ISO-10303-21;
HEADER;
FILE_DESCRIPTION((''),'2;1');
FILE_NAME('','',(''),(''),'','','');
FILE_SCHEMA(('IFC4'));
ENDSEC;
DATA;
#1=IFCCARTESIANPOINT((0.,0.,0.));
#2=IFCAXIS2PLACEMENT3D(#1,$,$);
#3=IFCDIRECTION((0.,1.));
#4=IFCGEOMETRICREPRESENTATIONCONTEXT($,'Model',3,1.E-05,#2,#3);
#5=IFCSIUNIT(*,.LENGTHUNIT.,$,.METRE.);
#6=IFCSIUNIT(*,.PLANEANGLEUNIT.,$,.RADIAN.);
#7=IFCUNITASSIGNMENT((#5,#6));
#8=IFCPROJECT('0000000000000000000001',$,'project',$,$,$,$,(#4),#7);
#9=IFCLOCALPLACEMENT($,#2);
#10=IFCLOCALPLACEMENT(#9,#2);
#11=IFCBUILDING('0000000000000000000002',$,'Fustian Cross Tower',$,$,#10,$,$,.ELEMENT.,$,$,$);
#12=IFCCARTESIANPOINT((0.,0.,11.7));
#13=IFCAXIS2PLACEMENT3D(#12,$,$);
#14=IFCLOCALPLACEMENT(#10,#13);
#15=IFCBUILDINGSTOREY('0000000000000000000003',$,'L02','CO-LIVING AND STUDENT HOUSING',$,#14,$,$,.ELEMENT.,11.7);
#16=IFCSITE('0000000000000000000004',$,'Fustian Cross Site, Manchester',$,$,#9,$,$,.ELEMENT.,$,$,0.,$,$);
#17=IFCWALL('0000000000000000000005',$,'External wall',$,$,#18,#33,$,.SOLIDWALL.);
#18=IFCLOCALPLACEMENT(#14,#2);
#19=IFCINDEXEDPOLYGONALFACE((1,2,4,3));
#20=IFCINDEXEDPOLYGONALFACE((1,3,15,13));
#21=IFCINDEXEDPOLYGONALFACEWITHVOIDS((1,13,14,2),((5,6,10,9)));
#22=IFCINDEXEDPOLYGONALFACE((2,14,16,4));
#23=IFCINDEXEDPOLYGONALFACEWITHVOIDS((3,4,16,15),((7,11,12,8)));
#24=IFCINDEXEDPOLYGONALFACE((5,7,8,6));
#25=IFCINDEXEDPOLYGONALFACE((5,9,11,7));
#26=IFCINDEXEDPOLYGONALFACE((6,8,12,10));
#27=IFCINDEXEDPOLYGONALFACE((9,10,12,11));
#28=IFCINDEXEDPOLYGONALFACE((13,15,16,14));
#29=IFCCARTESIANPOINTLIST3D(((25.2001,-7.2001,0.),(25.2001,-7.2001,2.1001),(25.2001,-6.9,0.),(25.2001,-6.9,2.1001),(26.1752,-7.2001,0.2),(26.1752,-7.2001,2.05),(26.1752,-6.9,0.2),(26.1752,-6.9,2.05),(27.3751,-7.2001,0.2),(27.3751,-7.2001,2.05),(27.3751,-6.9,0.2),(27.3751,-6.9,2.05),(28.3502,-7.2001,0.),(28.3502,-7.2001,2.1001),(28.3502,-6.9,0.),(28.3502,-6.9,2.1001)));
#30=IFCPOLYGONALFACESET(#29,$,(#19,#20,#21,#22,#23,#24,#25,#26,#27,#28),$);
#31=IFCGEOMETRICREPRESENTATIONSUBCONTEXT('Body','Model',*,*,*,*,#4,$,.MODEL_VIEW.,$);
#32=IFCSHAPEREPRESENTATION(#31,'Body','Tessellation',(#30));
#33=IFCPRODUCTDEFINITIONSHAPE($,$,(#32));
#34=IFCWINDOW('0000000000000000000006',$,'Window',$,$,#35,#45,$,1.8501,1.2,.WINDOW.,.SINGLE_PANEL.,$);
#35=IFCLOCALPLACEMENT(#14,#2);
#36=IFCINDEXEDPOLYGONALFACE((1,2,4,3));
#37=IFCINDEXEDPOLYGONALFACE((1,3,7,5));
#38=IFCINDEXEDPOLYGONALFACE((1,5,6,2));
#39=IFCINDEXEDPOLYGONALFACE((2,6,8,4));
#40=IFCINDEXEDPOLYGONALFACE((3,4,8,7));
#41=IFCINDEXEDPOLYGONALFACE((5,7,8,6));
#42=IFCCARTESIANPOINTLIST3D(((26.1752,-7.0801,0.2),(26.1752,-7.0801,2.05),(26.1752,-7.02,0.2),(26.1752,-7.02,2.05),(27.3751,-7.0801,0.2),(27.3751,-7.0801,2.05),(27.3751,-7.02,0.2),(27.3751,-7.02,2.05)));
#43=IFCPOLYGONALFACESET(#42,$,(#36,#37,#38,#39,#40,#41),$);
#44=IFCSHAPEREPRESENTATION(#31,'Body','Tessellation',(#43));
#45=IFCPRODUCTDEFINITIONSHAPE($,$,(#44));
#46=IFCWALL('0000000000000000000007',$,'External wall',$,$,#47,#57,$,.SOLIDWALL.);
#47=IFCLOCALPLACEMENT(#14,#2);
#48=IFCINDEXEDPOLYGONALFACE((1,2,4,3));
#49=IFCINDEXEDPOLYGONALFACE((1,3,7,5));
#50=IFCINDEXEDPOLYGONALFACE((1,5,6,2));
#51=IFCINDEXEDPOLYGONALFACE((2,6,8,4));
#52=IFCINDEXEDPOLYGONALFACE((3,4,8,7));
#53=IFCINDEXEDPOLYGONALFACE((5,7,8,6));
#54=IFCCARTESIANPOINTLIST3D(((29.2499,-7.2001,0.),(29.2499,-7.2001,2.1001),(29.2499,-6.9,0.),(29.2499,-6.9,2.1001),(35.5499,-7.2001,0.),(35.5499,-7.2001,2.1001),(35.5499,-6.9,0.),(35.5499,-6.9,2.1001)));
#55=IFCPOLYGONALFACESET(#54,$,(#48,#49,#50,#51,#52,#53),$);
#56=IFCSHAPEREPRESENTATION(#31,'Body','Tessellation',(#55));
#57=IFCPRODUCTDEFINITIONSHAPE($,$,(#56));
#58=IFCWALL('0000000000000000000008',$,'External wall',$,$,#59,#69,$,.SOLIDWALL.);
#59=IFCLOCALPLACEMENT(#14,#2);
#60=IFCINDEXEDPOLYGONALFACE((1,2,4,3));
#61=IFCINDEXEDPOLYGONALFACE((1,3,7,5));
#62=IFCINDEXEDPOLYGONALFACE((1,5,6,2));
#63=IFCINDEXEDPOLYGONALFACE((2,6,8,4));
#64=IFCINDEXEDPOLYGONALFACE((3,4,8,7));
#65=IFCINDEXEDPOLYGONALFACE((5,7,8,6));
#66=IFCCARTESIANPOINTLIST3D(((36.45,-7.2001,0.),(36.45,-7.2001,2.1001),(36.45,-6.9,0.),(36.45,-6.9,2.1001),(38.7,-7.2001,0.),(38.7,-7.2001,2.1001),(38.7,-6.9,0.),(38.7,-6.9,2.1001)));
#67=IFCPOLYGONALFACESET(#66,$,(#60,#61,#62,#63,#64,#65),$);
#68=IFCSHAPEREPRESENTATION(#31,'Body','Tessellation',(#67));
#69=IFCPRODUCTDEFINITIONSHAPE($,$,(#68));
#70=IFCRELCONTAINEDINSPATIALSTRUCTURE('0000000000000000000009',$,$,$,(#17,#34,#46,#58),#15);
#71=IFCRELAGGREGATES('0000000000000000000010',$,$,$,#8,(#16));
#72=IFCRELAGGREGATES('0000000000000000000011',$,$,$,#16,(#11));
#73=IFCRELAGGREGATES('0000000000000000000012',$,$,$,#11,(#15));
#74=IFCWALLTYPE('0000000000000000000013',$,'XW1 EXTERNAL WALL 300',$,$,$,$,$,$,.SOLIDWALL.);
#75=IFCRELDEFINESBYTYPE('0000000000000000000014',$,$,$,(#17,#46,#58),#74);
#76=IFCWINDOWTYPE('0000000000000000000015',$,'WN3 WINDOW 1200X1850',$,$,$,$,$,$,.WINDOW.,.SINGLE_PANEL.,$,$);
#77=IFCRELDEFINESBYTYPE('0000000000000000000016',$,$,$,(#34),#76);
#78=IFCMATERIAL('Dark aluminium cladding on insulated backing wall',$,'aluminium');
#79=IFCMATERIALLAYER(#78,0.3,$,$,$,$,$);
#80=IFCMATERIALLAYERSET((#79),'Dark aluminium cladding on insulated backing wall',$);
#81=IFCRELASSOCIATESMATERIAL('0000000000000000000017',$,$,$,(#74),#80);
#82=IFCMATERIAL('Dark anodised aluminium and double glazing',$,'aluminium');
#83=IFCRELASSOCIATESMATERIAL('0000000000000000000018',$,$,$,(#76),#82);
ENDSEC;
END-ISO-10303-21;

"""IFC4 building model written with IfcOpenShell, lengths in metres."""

from ifc_helpers import new_model, si_unit, direction, frame, frame_2d, origin, place, context, subcontext, project, spatial, rectangle, extrude, material, layer, layer_set, type_object, element, fill, save


model = new_model("IFC4")

# Units and contexts
model_context = context("Model", 3, precision=1e-05, world=origin(), true_north=direction((0.0, 1.0)))
body_context = subcontext(model_context, "Body", "Model", "MODEL_VIEW")
ifc_project = project(units=[si_unit("LENGTHUNIT", "METRE"), si_unit("PLANEANGLEUNIT", "RADIAN")], contexts=[model_context])

# Site, building, storey
site_placement = place(None, origin())
site = spatial("IfcSite", under=ifc_project, at=site_placement, Name="Fustian Cross Site, Manchester", CompositionType="ELEMENT", RefElevation=0.0)
building_placement = place(site_placement, origin())
building = spatial("IfcBuilding", under=site, at=building_placement, Name="Fustian Cross Tower", CompositionType="ELEMENT")
storey_placement = place(building_placement, frame((0.0, 0.0, 11.7)))
storey = spatial("IfcBuildingStorey", under=building, at=storey_placement, Name="L02", Description="CO-LIVING AND STUDENT HOUSING", CompositionType="ELEMENT", Elevation=11.7)

# Wall, opening, window
ifc_material_1 = material(Name="Dark aluminium cladding on insulated backing wall", Category="aluminium")
ifc_layer_1 = layer(ifc_material_1, 0.3)
ifc_layer_set_1 = layer_set([ifc_layer_1], Name="Dark aluminium cladding on insulated backing wall")
wall_type_1 = type_object("IfcWallType", Name="XW1 EXTERNAL WALL 300", PredefinedType="SOLIDWALL", material=ifc_layer_set_1)
ifc_material_2 = material(Name="Dark anodised aluminium and double glazing", Category="aluminium")
window_type = type_object("IfcWindowType", Name="WN3 WINDOW 1200X1850", PartitioningType="SINGLE_PANEL", PredefinedType="WINDOW", material=ifc_material_2)
wall_1_placement = place(storey_placement, frame((25.2, -7.05, 0.0), z_axis=(0.0, 0.0, 1.0), x_axis=(1.0, 0.0, 0.0)))
wall_1 = element("IfcWall", 1, at=wall_1_placement, inside=storey, type_object=wall_type_1, Name="External wall", PredefinedType="SOLIDWALL", context=body_context, shape_type="SweptSolid", body=[
    extrude(rectangle(XDim=3.1501, YDim=0.3, at=frame_2d((1.5752, 0.0))), origin(), (0.0, 0.0, 1.0), 2.1001),
])
opening_1_placement = place(wall_1_placement, frame((0.9751, 0.0, 0.2)))
opening_1 = element("IfcOpeningElement", 2, at=opening_1_placement, cuts=wall_1, PredefinedType="OPENING", context=body_context, shape_type="SweptSolid", body=[
    extrude(rectangle(XDim=1.2, YDim=1.8501, at=frame_2d((0.6001, 0.925))), frame((0.0, 0.1599, 0.0), z_axis=(0.0, -1.0, 0.0), x_axis=(1.0, 0.0, 0.0)), (0.0, 0.0, 1.0), 0.3201),
])
window_1_placement = place(opening_1_placement, origin())
window_1 = element("IfcWindow", 3, at=window_1_placement, inside=storey, type_object=window_type, Name="Window", OverallHeight=1.8501, OverallWidth=1.2, PartitioningType="SINGLE_PANEL", PredefinedType="WINDOW", context=body_context, shape_type="SweptSolid", body=[
    extrude(rectangle(XDim=1.2, YDim=1.8501, at=frame_2d((0.6001, 0.925))), frame((0.0, 0.03, 0.0), z_axis=(0.0, -1.0, 0.0), x_axis=(1.0, 0.0, 0.0)), (0.0, 0.0, 1.0), 0.0601),
])
fill(opening_1, window_1)

# Walls
wall_2_placement = place(storey_placement, frame((29.25, -7.05, 0.0), z_axis=(0.0, 0.0, 1.0), x_axis=(1.0, 0.0, 0.0)))
element("IfcWall", 4, at=wall_2_placement, inside=storey, type_object=wall_type_1, Name="External wall", PredefinedType="SOLIDWALL", context=body_context, shape_type="SweptSolid", body=[
    extrude(rectangle(XDim=6.3, YDim=0.3, at=frame_2d((3.1499, 0.0))), origin(), (0.0, 0.0, 1.0), 2.1001),
])
wall_3_placement = place(storey_placement, frame((36.45, -7.05, 0.0), z_axis=(0.0, 0.0, 1.0), x_axis=(1.0, 0.0, 0.0)))
element("IfcWall", 5, at=wall_3_placement, inside=storey, type_object=wall_type_1, Name="External wall", PredefinedType="SOLIDWALL", context=body_context, shape_type="SweptSolid", body=[
    extrude(rectangle(XDim=2.25, YDim=0.3, at=frame_2d((1.125, 0.0))), origin(), (0.0, 0.0, 1.0), 2.1001),
])

save(model, "model.ifc")
